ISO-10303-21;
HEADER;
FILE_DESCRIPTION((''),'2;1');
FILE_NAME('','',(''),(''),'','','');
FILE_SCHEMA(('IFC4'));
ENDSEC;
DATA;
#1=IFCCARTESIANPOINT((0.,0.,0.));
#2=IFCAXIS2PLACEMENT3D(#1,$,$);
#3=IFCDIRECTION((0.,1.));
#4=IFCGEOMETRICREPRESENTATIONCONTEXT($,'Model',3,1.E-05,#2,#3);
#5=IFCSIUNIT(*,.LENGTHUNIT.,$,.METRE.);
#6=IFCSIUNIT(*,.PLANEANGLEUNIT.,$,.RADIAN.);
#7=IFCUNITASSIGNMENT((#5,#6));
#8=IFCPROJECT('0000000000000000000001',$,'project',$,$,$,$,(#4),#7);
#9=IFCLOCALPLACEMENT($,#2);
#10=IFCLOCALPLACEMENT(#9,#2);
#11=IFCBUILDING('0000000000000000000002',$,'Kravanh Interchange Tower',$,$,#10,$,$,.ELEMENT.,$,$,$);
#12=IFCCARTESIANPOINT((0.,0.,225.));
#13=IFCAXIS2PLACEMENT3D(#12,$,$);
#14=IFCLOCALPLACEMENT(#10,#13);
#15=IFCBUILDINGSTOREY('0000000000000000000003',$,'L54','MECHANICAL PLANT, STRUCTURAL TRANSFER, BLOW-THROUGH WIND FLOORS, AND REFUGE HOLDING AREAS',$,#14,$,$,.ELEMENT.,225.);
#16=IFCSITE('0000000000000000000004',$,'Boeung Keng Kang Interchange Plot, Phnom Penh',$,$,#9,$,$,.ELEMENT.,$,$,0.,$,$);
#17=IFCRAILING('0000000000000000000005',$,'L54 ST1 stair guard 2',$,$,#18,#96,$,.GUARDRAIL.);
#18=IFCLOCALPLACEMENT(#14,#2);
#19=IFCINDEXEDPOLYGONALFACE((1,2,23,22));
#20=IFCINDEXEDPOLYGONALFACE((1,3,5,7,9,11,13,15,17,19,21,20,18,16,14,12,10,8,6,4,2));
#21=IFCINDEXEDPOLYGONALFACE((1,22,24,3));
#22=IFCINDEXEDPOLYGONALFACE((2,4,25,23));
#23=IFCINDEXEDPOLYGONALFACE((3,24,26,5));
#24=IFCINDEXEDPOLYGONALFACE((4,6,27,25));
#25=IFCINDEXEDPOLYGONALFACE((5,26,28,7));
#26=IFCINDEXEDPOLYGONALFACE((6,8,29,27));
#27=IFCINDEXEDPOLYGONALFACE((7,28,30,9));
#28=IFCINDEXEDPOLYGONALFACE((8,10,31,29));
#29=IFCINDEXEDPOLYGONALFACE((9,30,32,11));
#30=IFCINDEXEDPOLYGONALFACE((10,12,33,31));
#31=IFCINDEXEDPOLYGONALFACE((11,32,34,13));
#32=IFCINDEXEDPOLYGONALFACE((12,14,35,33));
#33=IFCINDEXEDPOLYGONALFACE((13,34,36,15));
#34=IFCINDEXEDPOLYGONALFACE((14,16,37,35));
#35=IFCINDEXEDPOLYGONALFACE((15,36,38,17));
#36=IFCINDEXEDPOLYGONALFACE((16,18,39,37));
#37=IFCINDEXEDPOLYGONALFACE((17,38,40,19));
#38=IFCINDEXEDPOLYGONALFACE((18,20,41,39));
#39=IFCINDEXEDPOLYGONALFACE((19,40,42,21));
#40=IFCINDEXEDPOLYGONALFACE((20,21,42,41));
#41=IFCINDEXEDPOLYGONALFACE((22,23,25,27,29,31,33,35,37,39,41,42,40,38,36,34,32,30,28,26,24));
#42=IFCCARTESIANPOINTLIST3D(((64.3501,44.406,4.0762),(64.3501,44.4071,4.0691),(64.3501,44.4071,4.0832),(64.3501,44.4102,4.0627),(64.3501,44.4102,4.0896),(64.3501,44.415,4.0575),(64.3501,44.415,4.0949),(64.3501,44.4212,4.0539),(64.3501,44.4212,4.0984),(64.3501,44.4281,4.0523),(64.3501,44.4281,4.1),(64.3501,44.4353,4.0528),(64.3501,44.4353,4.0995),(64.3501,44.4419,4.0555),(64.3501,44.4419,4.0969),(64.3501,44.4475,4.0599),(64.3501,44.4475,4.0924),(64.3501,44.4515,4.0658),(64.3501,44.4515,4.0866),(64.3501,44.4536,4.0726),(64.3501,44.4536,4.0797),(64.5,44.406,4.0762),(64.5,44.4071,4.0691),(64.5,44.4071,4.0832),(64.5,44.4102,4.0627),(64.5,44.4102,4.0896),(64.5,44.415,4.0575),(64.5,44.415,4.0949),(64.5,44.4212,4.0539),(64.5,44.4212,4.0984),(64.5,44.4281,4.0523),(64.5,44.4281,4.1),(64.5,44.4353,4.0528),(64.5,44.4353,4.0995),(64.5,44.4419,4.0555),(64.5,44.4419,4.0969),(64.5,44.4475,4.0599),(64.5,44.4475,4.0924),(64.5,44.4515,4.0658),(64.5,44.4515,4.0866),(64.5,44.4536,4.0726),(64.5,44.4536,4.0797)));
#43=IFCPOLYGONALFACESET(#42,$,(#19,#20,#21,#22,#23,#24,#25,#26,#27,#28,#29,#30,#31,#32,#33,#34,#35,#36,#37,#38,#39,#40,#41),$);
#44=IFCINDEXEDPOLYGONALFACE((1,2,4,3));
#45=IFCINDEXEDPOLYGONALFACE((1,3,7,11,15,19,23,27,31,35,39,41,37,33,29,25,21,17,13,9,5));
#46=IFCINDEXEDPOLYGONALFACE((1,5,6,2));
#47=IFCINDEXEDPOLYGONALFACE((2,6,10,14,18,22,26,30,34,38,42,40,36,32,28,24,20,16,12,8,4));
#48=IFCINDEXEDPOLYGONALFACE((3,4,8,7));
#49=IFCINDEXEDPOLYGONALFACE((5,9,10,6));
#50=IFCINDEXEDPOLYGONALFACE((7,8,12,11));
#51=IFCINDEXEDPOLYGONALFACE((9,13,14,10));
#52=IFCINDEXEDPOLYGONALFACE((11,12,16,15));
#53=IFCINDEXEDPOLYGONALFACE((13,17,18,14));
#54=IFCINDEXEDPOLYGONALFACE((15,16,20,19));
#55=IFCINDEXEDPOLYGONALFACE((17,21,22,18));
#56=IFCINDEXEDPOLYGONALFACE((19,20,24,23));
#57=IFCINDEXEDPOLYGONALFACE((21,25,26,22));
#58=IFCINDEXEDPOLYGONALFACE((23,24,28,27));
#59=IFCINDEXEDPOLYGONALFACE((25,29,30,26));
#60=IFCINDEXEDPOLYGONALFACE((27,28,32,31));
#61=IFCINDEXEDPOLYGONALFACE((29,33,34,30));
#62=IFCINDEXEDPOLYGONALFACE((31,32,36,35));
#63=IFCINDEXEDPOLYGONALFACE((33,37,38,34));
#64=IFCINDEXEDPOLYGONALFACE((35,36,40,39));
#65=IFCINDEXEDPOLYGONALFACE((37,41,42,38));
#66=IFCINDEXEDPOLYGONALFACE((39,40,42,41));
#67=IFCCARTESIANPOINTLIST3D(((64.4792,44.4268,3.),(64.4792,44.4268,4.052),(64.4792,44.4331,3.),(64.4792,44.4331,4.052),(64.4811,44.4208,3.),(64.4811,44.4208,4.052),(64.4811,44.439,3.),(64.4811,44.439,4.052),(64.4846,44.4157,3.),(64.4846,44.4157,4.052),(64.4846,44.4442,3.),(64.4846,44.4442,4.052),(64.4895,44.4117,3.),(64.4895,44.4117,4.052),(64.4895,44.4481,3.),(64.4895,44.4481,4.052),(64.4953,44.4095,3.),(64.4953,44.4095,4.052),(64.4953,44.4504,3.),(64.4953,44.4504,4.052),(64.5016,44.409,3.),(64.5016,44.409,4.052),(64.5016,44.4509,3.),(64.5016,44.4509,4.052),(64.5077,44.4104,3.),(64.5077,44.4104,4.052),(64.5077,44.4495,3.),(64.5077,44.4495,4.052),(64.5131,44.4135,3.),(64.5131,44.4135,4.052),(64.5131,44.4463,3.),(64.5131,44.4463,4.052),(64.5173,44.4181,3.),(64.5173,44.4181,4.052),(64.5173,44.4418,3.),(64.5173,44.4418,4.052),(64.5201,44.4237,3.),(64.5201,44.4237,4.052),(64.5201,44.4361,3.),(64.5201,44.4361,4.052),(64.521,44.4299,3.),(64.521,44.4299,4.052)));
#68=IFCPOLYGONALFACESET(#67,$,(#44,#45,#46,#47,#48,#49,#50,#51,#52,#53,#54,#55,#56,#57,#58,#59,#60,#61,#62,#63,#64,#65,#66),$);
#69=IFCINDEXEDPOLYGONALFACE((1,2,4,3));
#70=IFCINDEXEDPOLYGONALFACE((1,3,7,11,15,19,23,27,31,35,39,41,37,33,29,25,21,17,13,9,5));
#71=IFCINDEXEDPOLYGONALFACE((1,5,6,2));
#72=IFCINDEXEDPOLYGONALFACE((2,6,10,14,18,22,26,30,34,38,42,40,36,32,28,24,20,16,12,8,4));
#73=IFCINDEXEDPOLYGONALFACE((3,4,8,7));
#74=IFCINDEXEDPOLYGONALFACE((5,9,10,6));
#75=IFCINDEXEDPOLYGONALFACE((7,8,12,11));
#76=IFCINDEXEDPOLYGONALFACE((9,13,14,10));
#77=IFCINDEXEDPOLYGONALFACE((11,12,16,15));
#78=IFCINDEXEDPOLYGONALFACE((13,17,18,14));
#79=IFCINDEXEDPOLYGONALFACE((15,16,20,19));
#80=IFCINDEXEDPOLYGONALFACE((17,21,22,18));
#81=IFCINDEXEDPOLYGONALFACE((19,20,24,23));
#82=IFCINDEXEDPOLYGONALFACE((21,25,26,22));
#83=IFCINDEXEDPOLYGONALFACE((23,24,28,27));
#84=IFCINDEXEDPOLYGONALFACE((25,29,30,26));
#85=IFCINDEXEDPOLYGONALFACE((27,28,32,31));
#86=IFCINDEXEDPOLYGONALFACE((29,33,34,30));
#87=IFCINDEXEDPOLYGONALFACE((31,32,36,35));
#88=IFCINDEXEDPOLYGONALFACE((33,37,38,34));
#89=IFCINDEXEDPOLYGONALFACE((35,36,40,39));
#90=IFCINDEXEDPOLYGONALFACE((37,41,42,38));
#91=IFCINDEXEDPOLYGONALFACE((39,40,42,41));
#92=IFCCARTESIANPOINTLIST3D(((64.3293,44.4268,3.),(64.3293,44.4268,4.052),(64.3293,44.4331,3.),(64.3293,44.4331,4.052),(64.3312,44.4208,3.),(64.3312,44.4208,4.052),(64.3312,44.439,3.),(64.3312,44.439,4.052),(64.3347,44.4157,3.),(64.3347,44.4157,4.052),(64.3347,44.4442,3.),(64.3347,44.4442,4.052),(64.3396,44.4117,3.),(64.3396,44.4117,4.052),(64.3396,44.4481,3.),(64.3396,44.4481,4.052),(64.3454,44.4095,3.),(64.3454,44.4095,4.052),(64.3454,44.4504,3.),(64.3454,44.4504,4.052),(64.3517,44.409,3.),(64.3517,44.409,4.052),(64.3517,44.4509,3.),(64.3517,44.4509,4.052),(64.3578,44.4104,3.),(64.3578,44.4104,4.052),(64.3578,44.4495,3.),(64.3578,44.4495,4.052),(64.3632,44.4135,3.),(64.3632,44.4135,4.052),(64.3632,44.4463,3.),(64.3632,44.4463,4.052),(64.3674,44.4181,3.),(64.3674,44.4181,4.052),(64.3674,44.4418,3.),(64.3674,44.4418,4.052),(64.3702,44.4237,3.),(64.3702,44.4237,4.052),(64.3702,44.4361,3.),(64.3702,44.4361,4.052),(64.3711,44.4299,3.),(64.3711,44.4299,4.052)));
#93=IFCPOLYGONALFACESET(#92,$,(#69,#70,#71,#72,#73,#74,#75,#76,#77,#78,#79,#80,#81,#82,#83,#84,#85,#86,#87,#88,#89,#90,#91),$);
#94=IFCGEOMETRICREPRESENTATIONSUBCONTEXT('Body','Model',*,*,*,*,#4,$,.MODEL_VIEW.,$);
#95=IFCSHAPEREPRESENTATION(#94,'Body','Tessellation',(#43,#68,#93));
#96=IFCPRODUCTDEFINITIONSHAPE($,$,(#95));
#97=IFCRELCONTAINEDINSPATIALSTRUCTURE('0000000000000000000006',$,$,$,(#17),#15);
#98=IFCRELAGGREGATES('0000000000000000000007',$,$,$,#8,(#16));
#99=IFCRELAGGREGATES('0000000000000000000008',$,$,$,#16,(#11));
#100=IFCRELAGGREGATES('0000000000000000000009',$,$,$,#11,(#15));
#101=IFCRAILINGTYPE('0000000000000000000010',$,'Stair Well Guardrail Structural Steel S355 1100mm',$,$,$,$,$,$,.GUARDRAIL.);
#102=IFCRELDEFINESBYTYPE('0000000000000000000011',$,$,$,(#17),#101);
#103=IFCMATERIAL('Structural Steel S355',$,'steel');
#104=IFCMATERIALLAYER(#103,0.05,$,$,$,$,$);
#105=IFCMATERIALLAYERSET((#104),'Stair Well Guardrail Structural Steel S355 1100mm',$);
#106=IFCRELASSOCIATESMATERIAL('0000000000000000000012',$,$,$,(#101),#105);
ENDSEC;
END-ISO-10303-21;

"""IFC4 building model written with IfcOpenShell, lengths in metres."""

from ifc_helpers import new_model, si_unit, direction, frame, origin, origin_2d, place, context, subcontext, project, spatial, circle, extrude, material, layer, layer_set, type_object, element, save


model = new_model("IFC4")

# Units and contexts
model_context = context("Model", 3, precision=1e-05, world=origin(), true_north=direction((0.0, 1.0)))
body_context = subcontext(model_context, "Body", "Model", "MODEL_VIEW")
ifc_project = project(units=[si_unit("LENGTHUNIT", "METRE"), si_unit("PLANEANGLEUNIT", "RADIAN")], contexts=[model_context])

# Site, building, storey
site_placement = place(None, origin())
site = spatial("IfcSite", under=ifc_project, at=site_placement, Name="Boeung Keng Kang Interchange Plot, Phnom Penh", CompositionType="ELEMENT", RefElevation=0.0)
building_placement = place(site_placement, origin())
building = spatial("IfcBuilding", under=site, at=building_placement, Name="Kravanh Interchange Tower", CompositionType="ELEMENT")
storey_placement = place(building_placement, frame((0.0, 0.0, 225.0)))
storey = spatial("IfcBuildingStorey", under=building, at=storey_placement, Name="L54", Description="MECHANICAL PLANT, STRUCTURAL TRANSFER, BLOW-THROUGH WIND FLOORS, AND REFUGE HOLDING AREAS", CompositionType="ELEMENT", Elevation=225.0)

# Railing
ifc_material_1 = material(Name="Structural Steel S355", Category="steel")
ifc_layer_1 = layer(ifc_material_1, 0.05)
ifc_layer_set_1 = layer_set([ifc_layer_1], Name="Stair Well Guardrail Structural Steel S355 1100mm")
railing_type_1 = type_object("IfcRailingType", Name="Stair Well Guardrail Structural Steel S355 1100mm", PredefinedType="GUARDRAIL", material=ifc_layer_set_1)
railing_1_placement = place(storey_placement, frame((64.5, 44.4299, 3.0)))
element("IfcRailing", 1, at=railing_1_placement, inside=storey, type_object=railing_type_1, Name="L54 ST1 stair guard 2", PredefinedType="GUARDRAIL", context=body_context, shape_type="SweptSolid", body=[
    extrude(circle(Radius=0.0239, at=origin_2d()), frame((0.0, 0.0, 1.0762), z_axis=(-1.0, 0.0, 0.0), x_axis=(0.0, -1.0, 0.0)), (0.0, 0.0, 1.0), 0.1499),
    extrude(circle(Radius=0.021, at=origin_2d()), origin(), (0.0, 0.0, 1.0), 1.052),
    extrude(circle(Radius=0.021, at=origin_2d()), frame((-0.1499, 0.0, 0.0)), (0.0, 0.0, 1.0), 1.052),
])

save(model, "model.ifc")
